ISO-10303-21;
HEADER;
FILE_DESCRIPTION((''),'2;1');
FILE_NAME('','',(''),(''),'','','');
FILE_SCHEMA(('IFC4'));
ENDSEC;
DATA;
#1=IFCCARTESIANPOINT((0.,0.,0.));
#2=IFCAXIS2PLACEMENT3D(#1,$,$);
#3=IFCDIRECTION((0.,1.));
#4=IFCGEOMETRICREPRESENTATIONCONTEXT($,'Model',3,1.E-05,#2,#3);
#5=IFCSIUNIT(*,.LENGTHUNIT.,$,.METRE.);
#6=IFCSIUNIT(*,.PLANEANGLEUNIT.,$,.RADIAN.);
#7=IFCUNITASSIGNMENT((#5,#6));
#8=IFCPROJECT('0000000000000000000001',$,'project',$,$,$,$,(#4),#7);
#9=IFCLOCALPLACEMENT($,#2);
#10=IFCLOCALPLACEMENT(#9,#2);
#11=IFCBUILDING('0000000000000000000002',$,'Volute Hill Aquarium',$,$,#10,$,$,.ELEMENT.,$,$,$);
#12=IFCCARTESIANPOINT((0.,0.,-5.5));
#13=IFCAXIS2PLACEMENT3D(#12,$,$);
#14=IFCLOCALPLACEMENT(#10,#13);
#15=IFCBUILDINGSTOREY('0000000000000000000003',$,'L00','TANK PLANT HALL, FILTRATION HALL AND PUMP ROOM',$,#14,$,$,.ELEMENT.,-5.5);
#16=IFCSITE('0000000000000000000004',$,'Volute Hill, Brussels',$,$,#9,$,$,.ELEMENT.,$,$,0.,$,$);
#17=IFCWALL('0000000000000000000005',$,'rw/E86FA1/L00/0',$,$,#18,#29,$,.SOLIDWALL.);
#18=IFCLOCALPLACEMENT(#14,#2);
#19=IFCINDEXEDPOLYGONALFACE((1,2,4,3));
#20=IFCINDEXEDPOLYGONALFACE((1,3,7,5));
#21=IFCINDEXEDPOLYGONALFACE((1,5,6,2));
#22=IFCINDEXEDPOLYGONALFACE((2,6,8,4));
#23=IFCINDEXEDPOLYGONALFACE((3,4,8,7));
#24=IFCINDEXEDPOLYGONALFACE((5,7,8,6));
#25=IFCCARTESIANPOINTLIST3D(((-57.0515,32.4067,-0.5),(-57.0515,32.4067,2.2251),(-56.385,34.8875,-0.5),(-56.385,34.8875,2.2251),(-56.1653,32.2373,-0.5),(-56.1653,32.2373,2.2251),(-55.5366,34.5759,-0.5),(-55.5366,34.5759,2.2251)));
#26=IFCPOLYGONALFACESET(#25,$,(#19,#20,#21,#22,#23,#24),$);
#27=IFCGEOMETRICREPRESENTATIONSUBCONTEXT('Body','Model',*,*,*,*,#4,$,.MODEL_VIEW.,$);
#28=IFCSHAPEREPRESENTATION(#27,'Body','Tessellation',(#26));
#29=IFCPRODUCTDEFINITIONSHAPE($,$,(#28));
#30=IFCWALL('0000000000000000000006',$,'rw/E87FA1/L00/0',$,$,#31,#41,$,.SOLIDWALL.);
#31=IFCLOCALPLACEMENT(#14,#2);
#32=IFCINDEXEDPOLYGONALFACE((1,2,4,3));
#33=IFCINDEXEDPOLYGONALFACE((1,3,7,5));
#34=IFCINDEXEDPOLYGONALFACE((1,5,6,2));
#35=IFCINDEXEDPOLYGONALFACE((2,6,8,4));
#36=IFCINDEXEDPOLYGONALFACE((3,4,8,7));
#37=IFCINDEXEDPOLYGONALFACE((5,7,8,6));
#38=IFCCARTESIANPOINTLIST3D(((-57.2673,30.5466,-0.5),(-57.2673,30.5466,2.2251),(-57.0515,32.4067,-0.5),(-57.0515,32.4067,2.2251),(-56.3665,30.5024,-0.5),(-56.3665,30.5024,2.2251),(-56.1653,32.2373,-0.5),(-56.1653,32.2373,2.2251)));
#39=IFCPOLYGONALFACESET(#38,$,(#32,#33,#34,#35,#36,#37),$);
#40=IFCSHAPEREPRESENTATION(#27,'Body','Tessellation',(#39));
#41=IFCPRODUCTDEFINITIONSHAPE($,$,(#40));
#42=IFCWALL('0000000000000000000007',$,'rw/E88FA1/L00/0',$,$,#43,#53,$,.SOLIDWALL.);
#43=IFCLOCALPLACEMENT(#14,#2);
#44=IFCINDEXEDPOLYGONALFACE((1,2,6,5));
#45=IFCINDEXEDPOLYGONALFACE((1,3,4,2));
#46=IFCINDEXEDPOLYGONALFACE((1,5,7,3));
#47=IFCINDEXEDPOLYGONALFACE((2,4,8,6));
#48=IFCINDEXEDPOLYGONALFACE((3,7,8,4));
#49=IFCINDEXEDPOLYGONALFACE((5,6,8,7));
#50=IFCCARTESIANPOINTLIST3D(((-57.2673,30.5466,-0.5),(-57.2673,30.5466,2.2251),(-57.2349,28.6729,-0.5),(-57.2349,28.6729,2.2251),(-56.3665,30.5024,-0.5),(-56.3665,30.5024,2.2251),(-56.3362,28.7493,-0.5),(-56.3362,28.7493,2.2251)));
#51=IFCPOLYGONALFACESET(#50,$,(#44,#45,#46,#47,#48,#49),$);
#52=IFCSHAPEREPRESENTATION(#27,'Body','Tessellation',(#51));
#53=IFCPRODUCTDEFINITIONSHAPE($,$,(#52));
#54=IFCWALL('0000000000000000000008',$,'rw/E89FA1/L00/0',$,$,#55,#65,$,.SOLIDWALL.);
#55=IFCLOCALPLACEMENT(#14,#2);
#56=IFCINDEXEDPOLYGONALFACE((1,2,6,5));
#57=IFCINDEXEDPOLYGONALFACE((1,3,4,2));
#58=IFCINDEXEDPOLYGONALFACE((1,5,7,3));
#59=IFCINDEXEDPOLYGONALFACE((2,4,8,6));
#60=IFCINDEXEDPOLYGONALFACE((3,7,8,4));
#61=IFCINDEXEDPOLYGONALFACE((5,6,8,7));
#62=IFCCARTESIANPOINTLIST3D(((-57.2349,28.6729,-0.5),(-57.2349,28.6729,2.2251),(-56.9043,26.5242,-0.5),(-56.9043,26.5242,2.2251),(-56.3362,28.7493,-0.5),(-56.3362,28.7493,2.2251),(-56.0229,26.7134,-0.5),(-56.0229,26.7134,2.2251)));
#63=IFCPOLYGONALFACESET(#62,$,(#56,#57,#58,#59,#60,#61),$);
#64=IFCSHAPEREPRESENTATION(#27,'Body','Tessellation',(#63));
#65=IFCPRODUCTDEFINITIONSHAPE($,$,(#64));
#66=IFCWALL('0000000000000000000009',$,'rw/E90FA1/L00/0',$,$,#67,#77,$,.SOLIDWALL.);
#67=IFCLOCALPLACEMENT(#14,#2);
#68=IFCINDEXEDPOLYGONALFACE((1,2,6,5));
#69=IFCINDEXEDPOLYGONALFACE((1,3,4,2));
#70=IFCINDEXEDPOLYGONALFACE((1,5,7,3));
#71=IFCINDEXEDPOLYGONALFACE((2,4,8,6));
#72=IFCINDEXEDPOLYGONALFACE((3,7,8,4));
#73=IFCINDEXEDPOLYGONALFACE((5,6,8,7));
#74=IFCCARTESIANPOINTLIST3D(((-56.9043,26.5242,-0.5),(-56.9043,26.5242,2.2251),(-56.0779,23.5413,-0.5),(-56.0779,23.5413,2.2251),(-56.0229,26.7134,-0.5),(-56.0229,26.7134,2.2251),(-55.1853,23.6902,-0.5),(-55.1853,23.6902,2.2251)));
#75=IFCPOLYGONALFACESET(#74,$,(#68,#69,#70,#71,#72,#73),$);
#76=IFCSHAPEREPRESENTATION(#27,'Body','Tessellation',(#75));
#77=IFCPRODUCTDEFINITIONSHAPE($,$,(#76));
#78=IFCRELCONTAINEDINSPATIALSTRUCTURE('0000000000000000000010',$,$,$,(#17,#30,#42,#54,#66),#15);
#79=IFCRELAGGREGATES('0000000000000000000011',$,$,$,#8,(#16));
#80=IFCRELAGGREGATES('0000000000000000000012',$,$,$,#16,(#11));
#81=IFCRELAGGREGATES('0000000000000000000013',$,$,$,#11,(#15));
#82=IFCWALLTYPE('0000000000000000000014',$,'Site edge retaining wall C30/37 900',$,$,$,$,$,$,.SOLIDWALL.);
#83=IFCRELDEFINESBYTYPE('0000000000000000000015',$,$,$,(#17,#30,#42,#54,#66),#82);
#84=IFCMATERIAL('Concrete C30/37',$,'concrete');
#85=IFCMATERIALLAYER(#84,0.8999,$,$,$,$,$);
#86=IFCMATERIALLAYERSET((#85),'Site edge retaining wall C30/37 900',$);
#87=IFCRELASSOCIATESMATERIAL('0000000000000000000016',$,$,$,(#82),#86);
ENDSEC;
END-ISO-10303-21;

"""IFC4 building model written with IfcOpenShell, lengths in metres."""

from ifc_helpers import new_model, si_unit, direction, frame, origin, place, context, subcontext, project, spatial, polyline, outline, extrude, material, layer, layer_set, type_object, element, save


model = new_model("IFC4")

# Units and contexts
model_context = context("Model", 3, precision=1e-05, world=origin(), true_north=direction((0.0, 1.0)))
body_context = subcontext(model_context, "Body", "Model", "MODEL_VIEW")
ifc_project = project(units=[si_unit("LENGTHUNIT", "METRE"), si_unit("PLANEANGLEUNIT", "RADIAN")], contexts=[model_context])

# Site, building, storey
site_placement = place(None, origin())
site = spatial("IfcSite", under=ifc_project, at=site_placement, Name="Volute Hill, Brussels", CompositionType="ELEMENT", RefElevation=0.0)
building_placement = place(site_placement, origin())
building = spatial("IfcBuilding", under=site, at=building_placement, Name="Volute Hill Aquarium", CompositionType="ELEMENT")
storey_placement = place(building_placement, frame((0.0, 0.0, -5.5)))
storey = spatial("IfcBuildingStorey", under=building, at=storey_placement, Name="L00", Description="TANK PLANT HALL, FILTRATION HALL AND PUMP ROOM", CompositionType="ELEMENT", Elevation=-5.5)

# Walls
ifc_material_1 = material(Name="Concrete C30/37", Category="concrete")
ifc_layer = layer(ifc_material_1, 0.8999)
ifc_layer_set = layer_set([ifc_layer], Name="Site edge retaining wall C30/37 900")
wall_type = type_object("IfcWallType", Name="Site edge retaining wall C30/37 900", PredefinedType="SOLIDWALL", material=ifc_layer_set)
wall_1_placement = place(storey_placement, frame((0.0, 0.0, -0.5)))
element("IfcWall", 1, at=wall_1_placement, inside=storey, type_object=wall_type, Name="rw/E86FA1/L00/0", PredefinedType="SOLIDWALL", context=body_context, shape_type="SweptSolid", body=[
    extrude(outline(polyline([(-56.385, 34.8875), (-57.0515, 32.4067), (-56.1653, 32.2373), (-56.1653, 32.2373), (-55.5366, 34.5759), (-56.385, 34.8875)])), origin(), (0.0, 0.0, 1.0), 2.7251),
])
wall_2_placement = place(storey_placement, frame((0.0, 0.0, -0.5)))
element("IfcWall", 2, at=wall_2_placement, inside=storey, type_object=wall_type, Name="rw/E87FA1/L00/0", PredefinedType="SOLIDWALL", context=body_context, shape_type="SweptSolid", body=[
    extrude(outline(polyline([(-57.2673, 30.5466), (-57.2673, 30.5466), (-56.3665, 30.5024), (-56.1653, 32.2373), (-57.0515, 32.4067), (-57.0515, 32.4067), (-57.2673, 30.5466)])), origin(), (0.0, 0.0, 1.0), 2.7251),
])
wall_3_placement = place(storey_placement, frame((0.0, 0.0, -0.5)))
element("IfcWall", 3, at=wall_3_placement, inside=storey, type_object=wall_type, Name="rw/E88FA1/L00/0", PredefinedType="SOLIDWALL", context=body_context, shape_type="SweptSolid", body=[
    extrude(outline(polyline([(-57.2349, 28.6729), (-57.2349, 28.6729), (-56.3362, 28.7493), (-56.3362, 28.7493), (-56.3665, 30.5024), (-57.2673, 30.5466), (-57.2349, 28.6729)])), origin(), (0.0, 0.0, 1.0), 2.7251),
])
wall_4_placement = place(storey_placement, frame((0.0, 0.0, -0.5)))
element("IfcWall", 4, at=wall_4_placement, inside=storey, type_object=wall_type, Name="rw/E89FA1/L00/0", PredefinedType="SOLIDWALL", context=body_context, shape_type="SweptSolid", body=[
    extrude(outline(polyline([(-57.2349, 28.6729), (-56.9043, 26.5242), (-56.0229, 26.7134), (-56.3362, 28.7493), (-57.2349, 28.6729)])), origin(), (0.0, 0.0, 1.0), 2.7251),
])
wall_5_placement = place(storey_placement, frame((0.0, 0.0, -0.5)))
element("IfcWall", 5, at=wall_5_placement, inside=storey, type_object=wall_type, Name="rw/E90FA1/L00/0", PredefinedType="SOLIDWALL", context=body_context, shape_type="SweptSolid", body=[
    extrude(outline(polyline([(-56.0779, 23.5413), (-56.0779, 23.5413), (-55.1853, 23.6902), (-56.0229, 26.7134), (-56.0229, 26.7134), (-56.9043, 26.5242), (-56.9043, 26.5242), (-56.0779, 23.5413)])), origin(), (0.0, 0.0, 1.0), 2.7251),
])

save(model, "model.ifc")
